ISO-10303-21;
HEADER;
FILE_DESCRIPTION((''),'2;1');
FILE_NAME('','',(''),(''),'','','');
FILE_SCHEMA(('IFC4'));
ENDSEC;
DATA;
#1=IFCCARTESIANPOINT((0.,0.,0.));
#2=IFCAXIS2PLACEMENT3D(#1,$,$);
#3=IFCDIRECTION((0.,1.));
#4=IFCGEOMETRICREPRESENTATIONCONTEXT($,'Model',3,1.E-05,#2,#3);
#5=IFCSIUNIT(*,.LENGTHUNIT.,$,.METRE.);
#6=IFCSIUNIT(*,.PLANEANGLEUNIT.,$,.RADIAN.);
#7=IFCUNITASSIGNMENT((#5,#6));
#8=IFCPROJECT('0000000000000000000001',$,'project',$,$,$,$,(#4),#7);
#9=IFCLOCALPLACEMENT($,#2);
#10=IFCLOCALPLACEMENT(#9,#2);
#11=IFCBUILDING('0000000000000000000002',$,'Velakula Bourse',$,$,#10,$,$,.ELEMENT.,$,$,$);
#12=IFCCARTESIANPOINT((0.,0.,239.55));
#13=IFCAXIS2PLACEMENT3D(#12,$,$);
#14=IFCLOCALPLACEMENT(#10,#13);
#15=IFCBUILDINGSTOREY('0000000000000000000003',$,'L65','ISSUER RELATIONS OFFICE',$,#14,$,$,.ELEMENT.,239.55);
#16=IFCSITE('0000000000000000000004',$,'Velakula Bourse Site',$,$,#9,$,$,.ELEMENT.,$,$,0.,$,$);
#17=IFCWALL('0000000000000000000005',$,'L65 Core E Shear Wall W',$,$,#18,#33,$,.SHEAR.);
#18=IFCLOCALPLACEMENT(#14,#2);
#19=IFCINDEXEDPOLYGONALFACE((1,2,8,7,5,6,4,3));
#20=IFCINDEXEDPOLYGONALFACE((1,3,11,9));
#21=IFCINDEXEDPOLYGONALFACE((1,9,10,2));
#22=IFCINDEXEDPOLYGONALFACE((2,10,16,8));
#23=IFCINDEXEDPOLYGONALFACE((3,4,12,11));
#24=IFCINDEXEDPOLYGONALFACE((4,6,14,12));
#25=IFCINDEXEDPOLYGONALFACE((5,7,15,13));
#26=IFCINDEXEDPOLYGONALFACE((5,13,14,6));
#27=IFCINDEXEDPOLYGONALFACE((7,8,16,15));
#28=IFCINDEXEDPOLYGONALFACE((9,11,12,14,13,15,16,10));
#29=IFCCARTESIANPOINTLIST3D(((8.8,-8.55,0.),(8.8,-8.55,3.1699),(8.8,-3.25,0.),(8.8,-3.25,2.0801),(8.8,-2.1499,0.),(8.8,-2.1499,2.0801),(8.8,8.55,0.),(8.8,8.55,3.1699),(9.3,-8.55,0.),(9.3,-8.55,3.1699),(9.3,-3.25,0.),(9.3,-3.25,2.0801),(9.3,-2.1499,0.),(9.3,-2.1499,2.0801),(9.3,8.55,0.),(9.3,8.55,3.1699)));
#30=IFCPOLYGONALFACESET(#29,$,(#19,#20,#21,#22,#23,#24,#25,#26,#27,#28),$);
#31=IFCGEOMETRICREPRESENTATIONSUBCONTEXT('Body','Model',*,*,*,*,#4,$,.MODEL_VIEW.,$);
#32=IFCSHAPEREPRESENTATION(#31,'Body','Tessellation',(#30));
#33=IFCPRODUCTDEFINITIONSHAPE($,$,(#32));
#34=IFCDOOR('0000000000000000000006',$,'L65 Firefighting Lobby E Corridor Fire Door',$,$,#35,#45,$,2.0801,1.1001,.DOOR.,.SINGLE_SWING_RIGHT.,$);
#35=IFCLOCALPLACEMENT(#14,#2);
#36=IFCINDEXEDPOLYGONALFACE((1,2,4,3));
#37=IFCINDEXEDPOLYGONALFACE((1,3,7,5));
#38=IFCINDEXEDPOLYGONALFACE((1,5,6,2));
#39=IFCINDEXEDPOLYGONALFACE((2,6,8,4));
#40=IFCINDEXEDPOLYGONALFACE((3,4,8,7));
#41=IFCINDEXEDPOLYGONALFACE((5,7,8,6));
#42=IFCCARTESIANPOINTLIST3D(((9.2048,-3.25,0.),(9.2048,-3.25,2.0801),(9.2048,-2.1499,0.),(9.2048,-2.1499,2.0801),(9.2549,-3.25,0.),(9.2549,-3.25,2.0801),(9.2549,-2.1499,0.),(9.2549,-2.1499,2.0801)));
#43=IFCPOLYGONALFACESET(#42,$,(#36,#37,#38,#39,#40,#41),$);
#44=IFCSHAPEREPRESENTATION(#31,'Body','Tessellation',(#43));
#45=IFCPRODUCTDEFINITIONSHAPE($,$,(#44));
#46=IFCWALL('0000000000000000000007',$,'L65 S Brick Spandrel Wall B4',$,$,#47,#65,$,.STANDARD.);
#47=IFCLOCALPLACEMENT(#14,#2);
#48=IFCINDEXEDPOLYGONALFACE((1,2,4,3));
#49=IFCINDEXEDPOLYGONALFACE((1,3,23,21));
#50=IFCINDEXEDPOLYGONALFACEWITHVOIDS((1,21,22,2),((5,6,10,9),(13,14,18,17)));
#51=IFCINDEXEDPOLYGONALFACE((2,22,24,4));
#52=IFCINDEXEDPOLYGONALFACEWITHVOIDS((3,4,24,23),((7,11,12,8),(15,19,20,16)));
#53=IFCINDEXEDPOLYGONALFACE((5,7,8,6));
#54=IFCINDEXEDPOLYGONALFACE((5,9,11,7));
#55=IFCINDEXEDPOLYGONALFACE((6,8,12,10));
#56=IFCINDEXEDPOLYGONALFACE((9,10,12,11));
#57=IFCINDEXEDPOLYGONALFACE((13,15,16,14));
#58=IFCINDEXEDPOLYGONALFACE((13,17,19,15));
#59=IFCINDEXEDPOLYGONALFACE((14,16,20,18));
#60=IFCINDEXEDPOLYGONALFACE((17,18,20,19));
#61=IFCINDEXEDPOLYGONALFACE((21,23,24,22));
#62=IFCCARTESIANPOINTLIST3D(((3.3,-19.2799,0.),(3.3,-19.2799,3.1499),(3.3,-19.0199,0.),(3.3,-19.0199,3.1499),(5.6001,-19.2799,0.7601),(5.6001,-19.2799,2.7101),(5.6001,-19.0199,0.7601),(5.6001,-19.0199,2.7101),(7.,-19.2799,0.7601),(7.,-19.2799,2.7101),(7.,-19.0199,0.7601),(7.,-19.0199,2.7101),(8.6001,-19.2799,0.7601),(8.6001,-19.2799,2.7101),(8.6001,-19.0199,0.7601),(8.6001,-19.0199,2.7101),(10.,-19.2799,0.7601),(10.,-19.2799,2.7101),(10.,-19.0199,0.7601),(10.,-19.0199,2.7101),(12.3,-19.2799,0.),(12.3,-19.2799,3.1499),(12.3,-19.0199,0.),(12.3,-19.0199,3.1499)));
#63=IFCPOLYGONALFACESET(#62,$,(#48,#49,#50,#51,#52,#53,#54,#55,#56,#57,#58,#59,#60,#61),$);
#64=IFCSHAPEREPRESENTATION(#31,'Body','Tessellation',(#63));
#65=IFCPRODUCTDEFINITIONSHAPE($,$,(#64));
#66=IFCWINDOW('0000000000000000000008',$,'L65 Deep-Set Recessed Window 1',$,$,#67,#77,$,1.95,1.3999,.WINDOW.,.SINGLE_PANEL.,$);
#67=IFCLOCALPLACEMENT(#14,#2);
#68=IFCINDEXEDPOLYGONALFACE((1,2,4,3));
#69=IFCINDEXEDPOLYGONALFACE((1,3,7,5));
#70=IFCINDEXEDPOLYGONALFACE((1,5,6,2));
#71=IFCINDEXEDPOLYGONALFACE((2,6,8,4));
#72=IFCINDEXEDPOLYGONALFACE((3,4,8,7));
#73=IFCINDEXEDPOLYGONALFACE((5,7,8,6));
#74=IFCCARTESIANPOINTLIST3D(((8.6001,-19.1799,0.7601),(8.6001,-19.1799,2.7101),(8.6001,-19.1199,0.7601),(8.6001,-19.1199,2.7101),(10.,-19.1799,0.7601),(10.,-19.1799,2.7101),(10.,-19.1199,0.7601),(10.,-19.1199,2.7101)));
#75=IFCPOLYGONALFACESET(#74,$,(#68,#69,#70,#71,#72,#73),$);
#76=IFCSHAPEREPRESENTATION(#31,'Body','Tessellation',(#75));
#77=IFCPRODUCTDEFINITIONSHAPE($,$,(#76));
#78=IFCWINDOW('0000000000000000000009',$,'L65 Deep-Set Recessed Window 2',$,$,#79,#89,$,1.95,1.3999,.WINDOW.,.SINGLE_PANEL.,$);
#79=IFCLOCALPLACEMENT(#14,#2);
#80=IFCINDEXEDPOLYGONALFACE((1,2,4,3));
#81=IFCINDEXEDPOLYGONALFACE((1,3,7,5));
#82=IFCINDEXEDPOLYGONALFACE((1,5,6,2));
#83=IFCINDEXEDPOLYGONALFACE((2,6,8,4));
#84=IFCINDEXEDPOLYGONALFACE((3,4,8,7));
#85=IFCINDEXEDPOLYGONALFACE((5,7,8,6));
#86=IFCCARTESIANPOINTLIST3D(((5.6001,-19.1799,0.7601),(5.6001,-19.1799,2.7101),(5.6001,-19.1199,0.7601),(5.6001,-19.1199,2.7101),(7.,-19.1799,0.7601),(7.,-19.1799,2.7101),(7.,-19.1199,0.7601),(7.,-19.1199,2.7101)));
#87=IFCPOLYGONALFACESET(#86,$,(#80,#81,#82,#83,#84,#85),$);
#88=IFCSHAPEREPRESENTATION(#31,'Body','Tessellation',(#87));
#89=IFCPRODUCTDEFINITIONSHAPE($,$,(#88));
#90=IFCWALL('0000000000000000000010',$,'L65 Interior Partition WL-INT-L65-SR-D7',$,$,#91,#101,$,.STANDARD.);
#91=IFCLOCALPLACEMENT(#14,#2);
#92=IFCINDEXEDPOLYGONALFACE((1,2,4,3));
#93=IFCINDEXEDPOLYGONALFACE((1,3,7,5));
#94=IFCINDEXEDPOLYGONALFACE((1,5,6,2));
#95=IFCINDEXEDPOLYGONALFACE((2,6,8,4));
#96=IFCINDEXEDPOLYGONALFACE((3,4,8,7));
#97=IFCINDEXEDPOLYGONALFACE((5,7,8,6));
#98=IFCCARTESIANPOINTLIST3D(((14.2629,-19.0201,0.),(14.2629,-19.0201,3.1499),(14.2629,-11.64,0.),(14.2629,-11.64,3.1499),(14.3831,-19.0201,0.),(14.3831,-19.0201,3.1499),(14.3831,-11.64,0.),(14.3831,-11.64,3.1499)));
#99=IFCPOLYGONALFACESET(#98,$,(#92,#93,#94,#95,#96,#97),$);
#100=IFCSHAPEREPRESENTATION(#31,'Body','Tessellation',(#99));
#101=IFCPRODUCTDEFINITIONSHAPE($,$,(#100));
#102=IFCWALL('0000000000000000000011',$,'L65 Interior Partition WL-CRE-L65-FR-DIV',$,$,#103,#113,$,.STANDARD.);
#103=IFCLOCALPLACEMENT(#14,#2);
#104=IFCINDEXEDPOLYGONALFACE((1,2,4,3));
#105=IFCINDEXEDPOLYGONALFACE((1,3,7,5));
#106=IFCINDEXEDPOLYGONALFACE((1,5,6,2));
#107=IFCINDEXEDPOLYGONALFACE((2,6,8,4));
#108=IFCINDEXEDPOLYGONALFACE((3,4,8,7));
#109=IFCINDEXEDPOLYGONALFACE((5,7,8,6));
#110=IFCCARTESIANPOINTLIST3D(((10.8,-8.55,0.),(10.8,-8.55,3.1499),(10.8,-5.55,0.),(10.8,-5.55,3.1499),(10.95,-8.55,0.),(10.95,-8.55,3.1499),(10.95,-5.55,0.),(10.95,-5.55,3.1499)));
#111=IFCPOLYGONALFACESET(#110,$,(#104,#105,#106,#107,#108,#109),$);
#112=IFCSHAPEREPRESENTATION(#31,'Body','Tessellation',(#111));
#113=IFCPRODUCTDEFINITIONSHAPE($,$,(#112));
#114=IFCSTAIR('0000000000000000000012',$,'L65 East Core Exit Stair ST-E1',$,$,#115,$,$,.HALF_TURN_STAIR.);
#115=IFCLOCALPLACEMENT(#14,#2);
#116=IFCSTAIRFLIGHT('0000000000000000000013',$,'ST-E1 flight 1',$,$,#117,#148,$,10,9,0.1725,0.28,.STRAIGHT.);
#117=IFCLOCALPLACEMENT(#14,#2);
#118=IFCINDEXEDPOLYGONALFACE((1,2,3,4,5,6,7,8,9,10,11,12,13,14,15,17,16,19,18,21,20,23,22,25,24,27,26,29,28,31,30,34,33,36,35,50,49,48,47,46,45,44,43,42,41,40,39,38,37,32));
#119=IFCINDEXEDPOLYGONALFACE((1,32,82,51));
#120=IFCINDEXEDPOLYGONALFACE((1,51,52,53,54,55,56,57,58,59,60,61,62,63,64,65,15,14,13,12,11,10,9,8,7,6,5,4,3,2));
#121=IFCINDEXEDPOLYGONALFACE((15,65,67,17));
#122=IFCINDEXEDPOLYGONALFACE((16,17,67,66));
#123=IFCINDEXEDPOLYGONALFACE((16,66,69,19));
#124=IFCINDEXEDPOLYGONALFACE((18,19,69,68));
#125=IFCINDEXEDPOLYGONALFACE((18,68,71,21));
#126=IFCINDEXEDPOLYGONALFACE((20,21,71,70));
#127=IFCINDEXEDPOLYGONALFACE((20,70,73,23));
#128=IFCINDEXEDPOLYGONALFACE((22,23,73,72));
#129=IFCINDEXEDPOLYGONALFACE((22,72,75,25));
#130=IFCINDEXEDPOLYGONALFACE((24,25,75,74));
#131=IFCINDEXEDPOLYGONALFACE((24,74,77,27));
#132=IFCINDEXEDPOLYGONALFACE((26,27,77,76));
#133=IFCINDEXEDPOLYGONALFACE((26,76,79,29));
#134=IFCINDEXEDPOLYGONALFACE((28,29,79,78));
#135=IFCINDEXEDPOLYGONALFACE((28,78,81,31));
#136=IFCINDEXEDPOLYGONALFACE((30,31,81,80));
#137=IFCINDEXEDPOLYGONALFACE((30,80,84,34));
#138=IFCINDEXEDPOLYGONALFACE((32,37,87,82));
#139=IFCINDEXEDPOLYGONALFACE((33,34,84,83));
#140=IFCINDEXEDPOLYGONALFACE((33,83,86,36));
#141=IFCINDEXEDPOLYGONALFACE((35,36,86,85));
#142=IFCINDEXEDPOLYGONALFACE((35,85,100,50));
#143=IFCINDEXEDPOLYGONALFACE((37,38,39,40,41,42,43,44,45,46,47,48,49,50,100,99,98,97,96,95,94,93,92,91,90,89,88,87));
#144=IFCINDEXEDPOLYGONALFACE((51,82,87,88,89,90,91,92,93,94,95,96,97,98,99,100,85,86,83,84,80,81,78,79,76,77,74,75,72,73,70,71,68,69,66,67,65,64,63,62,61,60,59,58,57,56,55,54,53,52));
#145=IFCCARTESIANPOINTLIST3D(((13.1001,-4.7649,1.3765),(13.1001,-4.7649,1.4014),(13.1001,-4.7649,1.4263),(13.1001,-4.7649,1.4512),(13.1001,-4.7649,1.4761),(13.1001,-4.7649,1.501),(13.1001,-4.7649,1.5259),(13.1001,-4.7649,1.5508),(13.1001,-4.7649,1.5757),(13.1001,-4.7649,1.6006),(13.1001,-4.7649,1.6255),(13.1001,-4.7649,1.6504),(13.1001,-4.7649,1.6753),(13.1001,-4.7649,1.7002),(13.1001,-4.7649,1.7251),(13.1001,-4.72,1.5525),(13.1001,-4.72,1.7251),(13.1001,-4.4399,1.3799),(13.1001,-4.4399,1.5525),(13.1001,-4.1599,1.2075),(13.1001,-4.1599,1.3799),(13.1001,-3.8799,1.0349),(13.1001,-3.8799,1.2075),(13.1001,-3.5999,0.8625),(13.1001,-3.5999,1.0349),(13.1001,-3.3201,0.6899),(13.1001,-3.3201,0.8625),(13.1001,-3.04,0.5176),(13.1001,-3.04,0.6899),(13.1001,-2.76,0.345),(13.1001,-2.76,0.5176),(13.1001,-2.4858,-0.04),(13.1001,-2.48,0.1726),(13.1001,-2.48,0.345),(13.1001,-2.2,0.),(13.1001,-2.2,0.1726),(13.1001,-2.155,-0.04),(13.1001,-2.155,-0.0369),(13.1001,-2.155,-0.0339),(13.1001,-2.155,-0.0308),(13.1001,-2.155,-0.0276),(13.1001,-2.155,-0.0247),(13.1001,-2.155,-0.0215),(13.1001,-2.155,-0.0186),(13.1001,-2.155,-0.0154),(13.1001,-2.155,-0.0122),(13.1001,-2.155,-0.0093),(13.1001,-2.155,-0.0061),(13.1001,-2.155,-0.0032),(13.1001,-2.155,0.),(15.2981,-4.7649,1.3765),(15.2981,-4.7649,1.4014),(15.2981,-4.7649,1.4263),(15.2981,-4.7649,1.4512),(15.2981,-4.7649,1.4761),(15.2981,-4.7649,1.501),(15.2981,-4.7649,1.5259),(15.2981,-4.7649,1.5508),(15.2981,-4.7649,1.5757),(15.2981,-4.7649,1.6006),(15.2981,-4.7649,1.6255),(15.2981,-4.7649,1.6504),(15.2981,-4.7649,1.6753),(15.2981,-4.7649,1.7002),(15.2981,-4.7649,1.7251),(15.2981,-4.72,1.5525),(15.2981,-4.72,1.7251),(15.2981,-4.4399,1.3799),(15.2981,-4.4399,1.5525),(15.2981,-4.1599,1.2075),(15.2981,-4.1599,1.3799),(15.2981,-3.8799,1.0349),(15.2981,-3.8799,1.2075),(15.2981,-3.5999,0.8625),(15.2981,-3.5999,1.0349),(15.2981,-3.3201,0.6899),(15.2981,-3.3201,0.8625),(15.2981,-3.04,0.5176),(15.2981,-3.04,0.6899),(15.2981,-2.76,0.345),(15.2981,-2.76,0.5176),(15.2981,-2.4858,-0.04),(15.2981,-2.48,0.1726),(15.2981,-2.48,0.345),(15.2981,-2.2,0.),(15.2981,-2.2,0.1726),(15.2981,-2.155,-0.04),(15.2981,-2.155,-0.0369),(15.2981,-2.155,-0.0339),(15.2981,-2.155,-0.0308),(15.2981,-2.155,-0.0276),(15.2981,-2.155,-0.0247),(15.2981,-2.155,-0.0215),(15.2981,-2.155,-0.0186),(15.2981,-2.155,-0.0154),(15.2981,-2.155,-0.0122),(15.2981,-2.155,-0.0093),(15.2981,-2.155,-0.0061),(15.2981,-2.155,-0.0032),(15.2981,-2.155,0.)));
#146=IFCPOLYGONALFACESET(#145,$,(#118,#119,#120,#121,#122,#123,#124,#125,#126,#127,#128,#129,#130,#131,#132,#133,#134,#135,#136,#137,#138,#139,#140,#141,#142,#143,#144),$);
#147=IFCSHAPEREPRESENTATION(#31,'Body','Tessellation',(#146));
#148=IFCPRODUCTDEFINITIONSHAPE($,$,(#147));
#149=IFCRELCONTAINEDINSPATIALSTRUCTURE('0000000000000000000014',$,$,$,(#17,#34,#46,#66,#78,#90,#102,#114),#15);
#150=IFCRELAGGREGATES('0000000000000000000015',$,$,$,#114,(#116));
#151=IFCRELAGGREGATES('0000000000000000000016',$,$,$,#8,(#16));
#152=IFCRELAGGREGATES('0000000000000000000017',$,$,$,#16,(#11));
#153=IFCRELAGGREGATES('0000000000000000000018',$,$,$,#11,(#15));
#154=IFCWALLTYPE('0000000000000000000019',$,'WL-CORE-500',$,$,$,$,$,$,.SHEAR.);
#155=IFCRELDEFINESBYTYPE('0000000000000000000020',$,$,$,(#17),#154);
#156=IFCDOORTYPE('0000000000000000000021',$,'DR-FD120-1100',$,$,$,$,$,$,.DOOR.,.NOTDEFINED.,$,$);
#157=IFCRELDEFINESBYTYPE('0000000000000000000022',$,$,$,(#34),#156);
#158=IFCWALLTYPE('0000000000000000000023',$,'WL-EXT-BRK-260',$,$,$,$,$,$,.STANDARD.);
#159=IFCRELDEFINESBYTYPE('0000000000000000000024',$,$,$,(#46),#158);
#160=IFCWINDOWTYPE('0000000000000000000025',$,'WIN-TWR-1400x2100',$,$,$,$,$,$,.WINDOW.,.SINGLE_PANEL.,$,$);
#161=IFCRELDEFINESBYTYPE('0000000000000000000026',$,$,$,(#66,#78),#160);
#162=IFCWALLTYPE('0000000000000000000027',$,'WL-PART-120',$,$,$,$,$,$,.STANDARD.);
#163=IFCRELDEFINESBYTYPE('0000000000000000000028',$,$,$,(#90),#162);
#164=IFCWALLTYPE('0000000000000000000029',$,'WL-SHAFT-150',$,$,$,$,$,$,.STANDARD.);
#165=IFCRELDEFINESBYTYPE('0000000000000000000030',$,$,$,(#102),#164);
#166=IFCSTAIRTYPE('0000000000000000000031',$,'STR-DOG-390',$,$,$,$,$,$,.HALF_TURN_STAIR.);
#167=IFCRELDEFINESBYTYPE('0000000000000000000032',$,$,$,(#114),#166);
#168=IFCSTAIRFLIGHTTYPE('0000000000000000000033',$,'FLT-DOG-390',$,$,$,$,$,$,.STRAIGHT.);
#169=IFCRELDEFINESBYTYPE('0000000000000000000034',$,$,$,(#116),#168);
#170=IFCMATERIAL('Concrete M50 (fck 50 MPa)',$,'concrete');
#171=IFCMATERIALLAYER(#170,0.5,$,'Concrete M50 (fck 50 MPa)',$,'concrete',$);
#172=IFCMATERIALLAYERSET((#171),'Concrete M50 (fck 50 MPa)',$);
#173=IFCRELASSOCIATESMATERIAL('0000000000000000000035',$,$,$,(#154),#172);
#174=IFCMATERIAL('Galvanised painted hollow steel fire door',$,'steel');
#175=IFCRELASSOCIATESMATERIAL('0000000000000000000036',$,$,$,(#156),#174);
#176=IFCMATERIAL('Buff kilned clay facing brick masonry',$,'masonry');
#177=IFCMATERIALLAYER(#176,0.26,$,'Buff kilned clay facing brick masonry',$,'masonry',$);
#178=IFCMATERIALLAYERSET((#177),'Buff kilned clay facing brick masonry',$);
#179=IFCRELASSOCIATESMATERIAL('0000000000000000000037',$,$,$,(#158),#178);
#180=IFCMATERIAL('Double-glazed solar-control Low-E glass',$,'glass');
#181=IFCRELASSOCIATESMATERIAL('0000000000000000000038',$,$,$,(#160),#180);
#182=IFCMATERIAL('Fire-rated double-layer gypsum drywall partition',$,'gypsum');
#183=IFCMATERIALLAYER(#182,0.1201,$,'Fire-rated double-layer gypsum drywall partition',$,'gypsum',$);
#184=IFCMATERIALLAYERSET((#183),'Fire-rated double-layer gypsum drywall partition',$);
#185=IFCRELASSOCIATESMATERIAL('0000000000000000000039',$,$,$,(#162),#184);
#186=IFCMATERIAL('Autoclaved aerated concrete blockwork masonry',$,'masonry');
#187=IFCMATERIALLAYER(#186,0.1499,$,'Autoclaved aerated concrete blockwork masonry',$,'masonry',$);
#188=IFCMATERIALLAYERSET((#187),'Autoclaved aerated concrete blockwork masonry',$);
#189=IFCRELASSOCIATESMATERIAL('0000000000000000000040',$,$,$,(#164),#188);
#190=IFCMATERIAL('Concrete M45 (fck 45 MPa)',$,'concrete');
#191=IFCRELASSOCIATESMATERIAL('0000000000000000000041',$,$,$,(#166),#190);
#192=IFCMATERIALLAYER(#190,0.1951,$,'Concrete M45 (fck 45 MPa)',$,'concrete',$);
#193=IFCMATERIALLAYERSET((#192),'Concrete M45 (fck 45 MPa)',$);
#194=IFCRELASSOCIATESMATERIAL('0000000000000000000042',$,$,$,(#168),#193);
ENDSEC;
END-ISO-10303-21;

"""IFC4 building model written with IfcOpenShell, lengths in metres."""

from ifc_helpers import new_model, si_unit, direction, frame, frame_2d, origin, place, context, subcontext, project, spatial, polyline, rectangle, outline, extrude, material, layer, layer_set, type_object, element, fill, aggregate, save


model = new_model("IFC4")

# Units and contexts
model_context = context("Model", 3, precision=1e-05, world=origin(), true_north=direction((0.0, 1.0)))
body_context = subcontext(model_context, "Body", "Model", "MODEL_VIEW")
ifc_project = project(units=[si_unit("LENGTHUNIT", "METRE"), si_unit("PLANEANGLEUNIT", "RADIAN")], contexts=[model_context])

# Site, building, storey
site_placement = place(None, origin())
site = spatial("IfcSite", under=ifc_project, at=site_placement, Name="Velakula Bourse Site", CompositionType="ELEMENT", RefElevation=0.0)
building_placement = place(site_placement, origin())
building = spatial("IfcBuilding", under=site, at=building_placement, Name="Velakula Bourse", CompositionType="ELEMENT")
storey_placement = place(building_placement, frame((0.0, 0.0, 239.55)))
storey = spatial("IfcBuildingStorey", under=building, at=storey_placement, Name="L65", Description="ISSUER RELATIONS OFFICE", CompositionType="ELEMENT", Elevation=239.55)

# Shared definitions
ifc_material_1 = material(Name="Concrete M50 (fck 50 MPa)", Category="concrete")

# Shared definitions
ifc_material_2 = material(Name="Galvanised painted hollow steel fire door", Category="steel")

# Wall, opening, door
ifc_layer_1 = layer(ifc_material_1, 0.5, Name="Concrete M50 (fck 50 MPa)", Category="concrete")
ifc_layer_set_1 = layer_set([ifc_layer_1], Name="Concrete M50 (fck 50 MPa)")
wall_type_1 = type_object("IfcWallType", Name="WL-CORE-500", PredefinedType="SHEAR", material=ifc_layer_set_1)
wall_1_placement = place(storey_placement, frame((9.05, -8.55, 0.0), z_axis=(0.0, 0.0, 1.0), x_axis=(0.0, 1.0, 0.0)))
wall_1 = element("IfcWall", 1, at=wall_1_placement, inside=storey, type_object=wall_type_1, Name="L65 Core E Shear Wall W", PredefinedType="SHEAR", context=body_context, shape_type="SweptSolid", body=[
    extrude(rectangle(XDim=17.1001, YDim=0.5, at=frame_2d((8.55, 0.0))), origin(), (0.0, 0.0, 1.0), 3.1699),
])
opening_1_placement = place(wall_1_placement, frame((5.3, 0.0, 0.0)))
opening_1 = element("IfcOpeningElement", 2, at=opening_1_placement, cuts=wall_1, PredefinedType="OPENING", context=body_context, shape_type="SweptSolid", body=[
    extrude(rectangle(XDim=1.1001, YDim=2.0801, at=frame_2d((0.55, 1.04))), frame((0.0, 0.26, 0.0), z_axis=(0.0, -1.0, 0.0), x_axis=(1.0, 0.0, 0.0)), (0.0, 0.0, 1.0), 0.52),
])
door_type_1 = type_object("IfcDoorType", Name="DR-FD120-1100", OperationType="NOTDEFINED", PredefinedType="DOOR", material=ifc_material_2)
door_1_placement = place(opening_1_placement, origin())
door_1 = element("IfcDoor", 3, at=door_1_placement, inside=storey, type_object=door_type_1, Name="L65 Firefighting Lobby E Corridor Fire Door", OperationType="SINGLE_SWING_RIGHT", OverallHeight=2.0801, OverallWidth=1.1001, PredefinedType="DOOR", context=body_context, shape_type="SweptSolid", body=[
    extrude(rectangle(XDim=1.1001, YDim=2.0801, at=frame_2d((0.55, 1.04))), frame((0.0, -0.1548, 0.0), z_axis=(0.0, -1.0, 0.0), x_axis=(1.0, 0.0, 0.0)), (0.0, 0.0, 1.0), 0.05),
])
fill(opening_1, door_1)

# Wall, openings, windows
ifc_material_3 = material(Name="Buff kilned clay facing brick masonry", Category="masonry")
ifc_layer_2 = layer(ifc_material_3, 0.26, Name="Buff kilned clay facing brick masonry", Category="masonry")
ifc_layer_set_2 = layer_set([ifc_layer_2], Name="Buff kilned clay facing brick masonry")
wall_type_2 = type_object("IfcWallType", Name="WL-EXT-BRK-260", PredefinedType="STANDARD", material=ifc_layer_set_2)
wall_2_placement = place(storey_placement, frame((12.3, -19.1499, 0.0), z_axis=(0.0, 0.0, 1.0), x_axis=(-1.0, 0.0, 0.0)))
wall_2 = element("IfcWall", 4, at=wall_2_placement, inside=storey, type_object=wall_type_2, Name="L65 S Brick Spandrel Wall B4", PredefinedType="STANDARD", context=body_context, shape_type="SweptSolid", body=[
    extrude(rectangle(XDim=9.0, YDim=0.26, at=frame_2d((4.5, 0.0))), origin(), (0.0, 0.0, 1.0), 3.1499),
])
opening_2_placement = place(wall_2_placement, frame((2.3, 0.0, 0.76)))
opening_2 = element("IfcOpeningElement", 5, at=opening_2_placement, cuts=wall_2, PredefinedType="OPENING", context=body_context, shape_type="SweptSolid", body=[
    extrude(rectangle(XDim=1.3999, YDim=1.95, at=frame_2d((0.7, 0.9751))), frame((0.0, 0.1399, 0.0), z_axis=(0.0, -1.0, 0.0), x_axis=(1.0, 0.0, 0.0)), (0.0, 0.0, 1.0), 0.28),
])
opening_3_placement = place(wall_2_placement, frame((5.3, 0.0, 0.76)))
opening_3 = element("IfcOpeningElement", 6, at=opening_3_placement, cuts=wall_2, PredefinedType="OPENING", context=body_context, shape_type="SweptSolid", body=[
    extrude(rectangle(XDim=1.3999, YDim=1.95, at=frame_2d((0.7, 0.9751))), frame((0.0, 0.1399, 0.0), z_axis=(0.0, -1.0, 0.0), x_axis=(1.0, 0.0, 0.0)), (0.0, 0.0, 1.0), 0.28),
])
ifc_material_4 = material(Name="Double-glazed solar-control Low-E glass", Category="glass")
window_type = type_object("IfcWindowType", Name="WIN-TWR-1400x2100", PartitioningType="SINGLE_PANEL", PredefinedType="WINDOW", material=ifc_material_4)
window_1_placement = place(opening_2_placement, origin())
window_1 = element("IfcWindow", 7, at=window_1_placement, inside=storey, type_object=window_type, Name="L65 Deep-Set Recessed Window 1", OverallHeight=1.95, OverallWidth=1.3999, PartitioningType="SINGLE_PANEL", PredefinedType="WINDOW", context=body_context, shape_type="SweptSolid", body=[
    extrude(rectangle(XDim=1.3999, YDim=1.95, at=frame_2d((0.7, 0.9751))), frame((0.0, 0.03, 0.0), z_axis=(0.0, -1.0, 0.0), x_axis=(1.0, 0.0, 0.0)), (0.0, 0.0, 1.0), 0.0601),
])
fill(opening_2, window_1)
window_2_placement = place(opening_3_placement, origin())
window_2 = element("IfcWindow", 8, at=window_2_placement, inside=storey, type_object=window_type, Name="L65 Deep-Set Recessed Window 2", OverallHeight=1.95, OverallWidth=1.3999, PartitioningType="SINGLE_PANEL", PredefinedType="WINDOW", context=body_context, shape_type="SweptSolid", body=[
    extrude(rectangle(XDim=1.3999, YDim=1.95, at=frame_2d((0.7, 0.9751))), frame((0.0, 0.03, 0.0), z_axis=(0.0, -1.0, 0.0), x_axis=(1.0, 0.0, 0.0)), (0.0, 0.0, 1.0), 0.0601),
])
fill(opening_3, window_2)

# Wall
ifc_material_5 = material(Name="Fire-rated double-layer gypsum drywall partition", Category="gypsum")
ifc_layer_3 = layer(ifc_material_5, 0.1201, Name="Fire-rated double-layer gypsum drywall partition", Category="gypsum")
ifc_layer_set_3 = layer_set([ifc_layer_3], Name="Fire-rated double-layer gypsum drywall partition")
wall_type_3 = type_object("IfcWallType", Name="WL-PART-120", PredefinedType="STANDARD", material=ifc_layer_set_3)
wall_3_placement = place(storey_placement, frame((14.323, -19.02, 0.0), z_axis=(0.0, 0.0, 1.0), x_axis=(0.0, 1.0, 0.0)))
element("IfcWall", 9, at=wall_3_placement, inside=storey, type_object=wall_type_3, Name="L65 Interior Partition WL-INT-L65-SR-D7", PredefinedType="STANDARD", context=body_context, shape_type="SweptSolid", body=[
    extrude(rectangle(XDim=7.3801, YDim=0.1201, at=frame_2d((3.6899, 0.0))), origin(), (0.0, 0.0, 1.0), 3.1499),
])

# Shared definitions
ifc_material_6 = material(Name="Autoclaved aerated concrete blockwork masonry", Category="masonry")
ifc_layer_4 = layer(ifc_material_6, 0.1499, Name="Autoclaved aerated concrete blockwork masonry", Category="masonry")
ifc_layer_set_4 = layer_set([ifc_layer_4], Name="Autoclaved aerated concrete blockwork masonry")
wall_type_4 = type_object("IfcWallType", Name="WL-SHAFT-150", PredefinedType="STANDARD", material=ifc_layer_set_4)

# Wall
wall_4_placement = place(storey_placement, frame((10.875, -8.55, 0.0), z_axis=(0.0, 0.0, 1.0), x_axis=(0.0, 1.0, 0.0)))
element("IfcWall", 10, at=wall_4_placement, inside=storey, type_object=wall_type_4, Name="L65 Interior Partition WL-CRE-L65-FR-DIV", PredefinedType="STANDARD", context=body_context, shape_type="SweptSolid", body=[
    extrude(rectangle(XDim=3.0, YDim=0.1499, at=frame_2d((1.5, 0.0))), origin(), (0.0, 0.0, 1.0), 3.1499),
])

# Stair, stair flight
ifc_material_7 = material(Name="Concrete M45 (fck 45 MPa)", Category="concrete")
stair_type = type_object("IfcStairType", Name="STR-DOG-390", PredefinedType="HALF_TURN_STAIR", material=ifc_material_7)
stair_placement = place(storey_placement, origin())
stair = element("IfcStair", 11, at=stair_placement, inside=storey, type_object=stair_type, Name="L65 East Core Exit Stair ST-E1", PredefinedType="HALF_TURN_STAIR")
ifc_layer_5 = layer(ifc_material_7, 0.1951, Name="Concrete M45 (fck 45 MPa)", Category="concrete")
ifc_layer_set_5 = layer_set([ifc_layer_5], Name="Concrete M45 (fck 45 MPa)")
stair_flight_type = type_object("IfcStairFlightType", Name="FLT-DOG-390", PredefinedType="STRAIGHT", material=ifc_layer_set_5)
stair_flight_1_placement = place(storey_placement, frame((14.199, -2.2, 0.0), z_axis=(0.0, 0.0, 1.0), x_axis=(0.0, -1.0, 0.0)))
stair_flight_1 = element("IfcStairFlight", 12, at=stair_flight_1_placement, type_object=stair_flight_type, Name="ST-E1 flight 1", NumberOfRisers=10, NumberOfTreads=9, PredefinedType="STRAIGHT", RiserHeight=0.1725, TreadLength=0.28, context=body_context, shape_type="SweptSolid", body=[
    extrude(outline(polyline([(-0.0449, -0.04), (-0.0449, -0.0369), (-0.0449, -0.0339), (-0.0449, -0.0308), (-0.0449, -0.0276), (-0.0449, -0.0247), (-0.0449, -0.0215), (-0.0449, -0.0186), (-0.0449, -0.0154), (-0.0449, -0.0122), (-0.0449, -0.0093), (-0.0449, -0.0061), (-0.0449, -0.0032), (-0.0449, 0.0), (0.0, 0.0), (0.0, 0.1726), (0.28, 0.1726), (0.28, 0.345), (0.5601, 0.345), (0.5601, 0.5176), (0.8401, 0.5176), (0.8401, 0.6899), (1.1201, 0.6899), (1.1201, 0.8625), (1.3999, 0.8625), (1.3999, 1.0349), (1.6799, 1.0349), (1.6799, 1.2075), (1.96, 1.2075), (1.96, 1.3799), (2.24, 1.3799), (2.24, 1.5525), (2.52, 1.5525), (2.52, 1.7251), (2.5649, 1.7251), (2.5649, 1.7002), (2.5649, 1.6753), (2.5649, 1.6504), (2.5649, 1.6255), (2.5649, 1.6006), (2.5649, 1.5757), (2.5649, 1.5508), (2.5649, 1.5259), (2.5649, 1.501), (2.5649, 1.4761), (2.5649, 1.4512), (2.5649, 1.4263), (2.5649, 1.4014), (2.5649, 1.3765), (0.2859, -0.04), (-0.0449, -0.04)])), frame((0.0, 1.0991, 0.0), z_axis=(0.0, -1.0, 0.0), x_axis=(1.0, 0.0, 0.0)), (0.0, 0.0, 1.0), 2.198),
])
aggregate(stair, [stair_flight_1])

save(model, "model.ifc")
